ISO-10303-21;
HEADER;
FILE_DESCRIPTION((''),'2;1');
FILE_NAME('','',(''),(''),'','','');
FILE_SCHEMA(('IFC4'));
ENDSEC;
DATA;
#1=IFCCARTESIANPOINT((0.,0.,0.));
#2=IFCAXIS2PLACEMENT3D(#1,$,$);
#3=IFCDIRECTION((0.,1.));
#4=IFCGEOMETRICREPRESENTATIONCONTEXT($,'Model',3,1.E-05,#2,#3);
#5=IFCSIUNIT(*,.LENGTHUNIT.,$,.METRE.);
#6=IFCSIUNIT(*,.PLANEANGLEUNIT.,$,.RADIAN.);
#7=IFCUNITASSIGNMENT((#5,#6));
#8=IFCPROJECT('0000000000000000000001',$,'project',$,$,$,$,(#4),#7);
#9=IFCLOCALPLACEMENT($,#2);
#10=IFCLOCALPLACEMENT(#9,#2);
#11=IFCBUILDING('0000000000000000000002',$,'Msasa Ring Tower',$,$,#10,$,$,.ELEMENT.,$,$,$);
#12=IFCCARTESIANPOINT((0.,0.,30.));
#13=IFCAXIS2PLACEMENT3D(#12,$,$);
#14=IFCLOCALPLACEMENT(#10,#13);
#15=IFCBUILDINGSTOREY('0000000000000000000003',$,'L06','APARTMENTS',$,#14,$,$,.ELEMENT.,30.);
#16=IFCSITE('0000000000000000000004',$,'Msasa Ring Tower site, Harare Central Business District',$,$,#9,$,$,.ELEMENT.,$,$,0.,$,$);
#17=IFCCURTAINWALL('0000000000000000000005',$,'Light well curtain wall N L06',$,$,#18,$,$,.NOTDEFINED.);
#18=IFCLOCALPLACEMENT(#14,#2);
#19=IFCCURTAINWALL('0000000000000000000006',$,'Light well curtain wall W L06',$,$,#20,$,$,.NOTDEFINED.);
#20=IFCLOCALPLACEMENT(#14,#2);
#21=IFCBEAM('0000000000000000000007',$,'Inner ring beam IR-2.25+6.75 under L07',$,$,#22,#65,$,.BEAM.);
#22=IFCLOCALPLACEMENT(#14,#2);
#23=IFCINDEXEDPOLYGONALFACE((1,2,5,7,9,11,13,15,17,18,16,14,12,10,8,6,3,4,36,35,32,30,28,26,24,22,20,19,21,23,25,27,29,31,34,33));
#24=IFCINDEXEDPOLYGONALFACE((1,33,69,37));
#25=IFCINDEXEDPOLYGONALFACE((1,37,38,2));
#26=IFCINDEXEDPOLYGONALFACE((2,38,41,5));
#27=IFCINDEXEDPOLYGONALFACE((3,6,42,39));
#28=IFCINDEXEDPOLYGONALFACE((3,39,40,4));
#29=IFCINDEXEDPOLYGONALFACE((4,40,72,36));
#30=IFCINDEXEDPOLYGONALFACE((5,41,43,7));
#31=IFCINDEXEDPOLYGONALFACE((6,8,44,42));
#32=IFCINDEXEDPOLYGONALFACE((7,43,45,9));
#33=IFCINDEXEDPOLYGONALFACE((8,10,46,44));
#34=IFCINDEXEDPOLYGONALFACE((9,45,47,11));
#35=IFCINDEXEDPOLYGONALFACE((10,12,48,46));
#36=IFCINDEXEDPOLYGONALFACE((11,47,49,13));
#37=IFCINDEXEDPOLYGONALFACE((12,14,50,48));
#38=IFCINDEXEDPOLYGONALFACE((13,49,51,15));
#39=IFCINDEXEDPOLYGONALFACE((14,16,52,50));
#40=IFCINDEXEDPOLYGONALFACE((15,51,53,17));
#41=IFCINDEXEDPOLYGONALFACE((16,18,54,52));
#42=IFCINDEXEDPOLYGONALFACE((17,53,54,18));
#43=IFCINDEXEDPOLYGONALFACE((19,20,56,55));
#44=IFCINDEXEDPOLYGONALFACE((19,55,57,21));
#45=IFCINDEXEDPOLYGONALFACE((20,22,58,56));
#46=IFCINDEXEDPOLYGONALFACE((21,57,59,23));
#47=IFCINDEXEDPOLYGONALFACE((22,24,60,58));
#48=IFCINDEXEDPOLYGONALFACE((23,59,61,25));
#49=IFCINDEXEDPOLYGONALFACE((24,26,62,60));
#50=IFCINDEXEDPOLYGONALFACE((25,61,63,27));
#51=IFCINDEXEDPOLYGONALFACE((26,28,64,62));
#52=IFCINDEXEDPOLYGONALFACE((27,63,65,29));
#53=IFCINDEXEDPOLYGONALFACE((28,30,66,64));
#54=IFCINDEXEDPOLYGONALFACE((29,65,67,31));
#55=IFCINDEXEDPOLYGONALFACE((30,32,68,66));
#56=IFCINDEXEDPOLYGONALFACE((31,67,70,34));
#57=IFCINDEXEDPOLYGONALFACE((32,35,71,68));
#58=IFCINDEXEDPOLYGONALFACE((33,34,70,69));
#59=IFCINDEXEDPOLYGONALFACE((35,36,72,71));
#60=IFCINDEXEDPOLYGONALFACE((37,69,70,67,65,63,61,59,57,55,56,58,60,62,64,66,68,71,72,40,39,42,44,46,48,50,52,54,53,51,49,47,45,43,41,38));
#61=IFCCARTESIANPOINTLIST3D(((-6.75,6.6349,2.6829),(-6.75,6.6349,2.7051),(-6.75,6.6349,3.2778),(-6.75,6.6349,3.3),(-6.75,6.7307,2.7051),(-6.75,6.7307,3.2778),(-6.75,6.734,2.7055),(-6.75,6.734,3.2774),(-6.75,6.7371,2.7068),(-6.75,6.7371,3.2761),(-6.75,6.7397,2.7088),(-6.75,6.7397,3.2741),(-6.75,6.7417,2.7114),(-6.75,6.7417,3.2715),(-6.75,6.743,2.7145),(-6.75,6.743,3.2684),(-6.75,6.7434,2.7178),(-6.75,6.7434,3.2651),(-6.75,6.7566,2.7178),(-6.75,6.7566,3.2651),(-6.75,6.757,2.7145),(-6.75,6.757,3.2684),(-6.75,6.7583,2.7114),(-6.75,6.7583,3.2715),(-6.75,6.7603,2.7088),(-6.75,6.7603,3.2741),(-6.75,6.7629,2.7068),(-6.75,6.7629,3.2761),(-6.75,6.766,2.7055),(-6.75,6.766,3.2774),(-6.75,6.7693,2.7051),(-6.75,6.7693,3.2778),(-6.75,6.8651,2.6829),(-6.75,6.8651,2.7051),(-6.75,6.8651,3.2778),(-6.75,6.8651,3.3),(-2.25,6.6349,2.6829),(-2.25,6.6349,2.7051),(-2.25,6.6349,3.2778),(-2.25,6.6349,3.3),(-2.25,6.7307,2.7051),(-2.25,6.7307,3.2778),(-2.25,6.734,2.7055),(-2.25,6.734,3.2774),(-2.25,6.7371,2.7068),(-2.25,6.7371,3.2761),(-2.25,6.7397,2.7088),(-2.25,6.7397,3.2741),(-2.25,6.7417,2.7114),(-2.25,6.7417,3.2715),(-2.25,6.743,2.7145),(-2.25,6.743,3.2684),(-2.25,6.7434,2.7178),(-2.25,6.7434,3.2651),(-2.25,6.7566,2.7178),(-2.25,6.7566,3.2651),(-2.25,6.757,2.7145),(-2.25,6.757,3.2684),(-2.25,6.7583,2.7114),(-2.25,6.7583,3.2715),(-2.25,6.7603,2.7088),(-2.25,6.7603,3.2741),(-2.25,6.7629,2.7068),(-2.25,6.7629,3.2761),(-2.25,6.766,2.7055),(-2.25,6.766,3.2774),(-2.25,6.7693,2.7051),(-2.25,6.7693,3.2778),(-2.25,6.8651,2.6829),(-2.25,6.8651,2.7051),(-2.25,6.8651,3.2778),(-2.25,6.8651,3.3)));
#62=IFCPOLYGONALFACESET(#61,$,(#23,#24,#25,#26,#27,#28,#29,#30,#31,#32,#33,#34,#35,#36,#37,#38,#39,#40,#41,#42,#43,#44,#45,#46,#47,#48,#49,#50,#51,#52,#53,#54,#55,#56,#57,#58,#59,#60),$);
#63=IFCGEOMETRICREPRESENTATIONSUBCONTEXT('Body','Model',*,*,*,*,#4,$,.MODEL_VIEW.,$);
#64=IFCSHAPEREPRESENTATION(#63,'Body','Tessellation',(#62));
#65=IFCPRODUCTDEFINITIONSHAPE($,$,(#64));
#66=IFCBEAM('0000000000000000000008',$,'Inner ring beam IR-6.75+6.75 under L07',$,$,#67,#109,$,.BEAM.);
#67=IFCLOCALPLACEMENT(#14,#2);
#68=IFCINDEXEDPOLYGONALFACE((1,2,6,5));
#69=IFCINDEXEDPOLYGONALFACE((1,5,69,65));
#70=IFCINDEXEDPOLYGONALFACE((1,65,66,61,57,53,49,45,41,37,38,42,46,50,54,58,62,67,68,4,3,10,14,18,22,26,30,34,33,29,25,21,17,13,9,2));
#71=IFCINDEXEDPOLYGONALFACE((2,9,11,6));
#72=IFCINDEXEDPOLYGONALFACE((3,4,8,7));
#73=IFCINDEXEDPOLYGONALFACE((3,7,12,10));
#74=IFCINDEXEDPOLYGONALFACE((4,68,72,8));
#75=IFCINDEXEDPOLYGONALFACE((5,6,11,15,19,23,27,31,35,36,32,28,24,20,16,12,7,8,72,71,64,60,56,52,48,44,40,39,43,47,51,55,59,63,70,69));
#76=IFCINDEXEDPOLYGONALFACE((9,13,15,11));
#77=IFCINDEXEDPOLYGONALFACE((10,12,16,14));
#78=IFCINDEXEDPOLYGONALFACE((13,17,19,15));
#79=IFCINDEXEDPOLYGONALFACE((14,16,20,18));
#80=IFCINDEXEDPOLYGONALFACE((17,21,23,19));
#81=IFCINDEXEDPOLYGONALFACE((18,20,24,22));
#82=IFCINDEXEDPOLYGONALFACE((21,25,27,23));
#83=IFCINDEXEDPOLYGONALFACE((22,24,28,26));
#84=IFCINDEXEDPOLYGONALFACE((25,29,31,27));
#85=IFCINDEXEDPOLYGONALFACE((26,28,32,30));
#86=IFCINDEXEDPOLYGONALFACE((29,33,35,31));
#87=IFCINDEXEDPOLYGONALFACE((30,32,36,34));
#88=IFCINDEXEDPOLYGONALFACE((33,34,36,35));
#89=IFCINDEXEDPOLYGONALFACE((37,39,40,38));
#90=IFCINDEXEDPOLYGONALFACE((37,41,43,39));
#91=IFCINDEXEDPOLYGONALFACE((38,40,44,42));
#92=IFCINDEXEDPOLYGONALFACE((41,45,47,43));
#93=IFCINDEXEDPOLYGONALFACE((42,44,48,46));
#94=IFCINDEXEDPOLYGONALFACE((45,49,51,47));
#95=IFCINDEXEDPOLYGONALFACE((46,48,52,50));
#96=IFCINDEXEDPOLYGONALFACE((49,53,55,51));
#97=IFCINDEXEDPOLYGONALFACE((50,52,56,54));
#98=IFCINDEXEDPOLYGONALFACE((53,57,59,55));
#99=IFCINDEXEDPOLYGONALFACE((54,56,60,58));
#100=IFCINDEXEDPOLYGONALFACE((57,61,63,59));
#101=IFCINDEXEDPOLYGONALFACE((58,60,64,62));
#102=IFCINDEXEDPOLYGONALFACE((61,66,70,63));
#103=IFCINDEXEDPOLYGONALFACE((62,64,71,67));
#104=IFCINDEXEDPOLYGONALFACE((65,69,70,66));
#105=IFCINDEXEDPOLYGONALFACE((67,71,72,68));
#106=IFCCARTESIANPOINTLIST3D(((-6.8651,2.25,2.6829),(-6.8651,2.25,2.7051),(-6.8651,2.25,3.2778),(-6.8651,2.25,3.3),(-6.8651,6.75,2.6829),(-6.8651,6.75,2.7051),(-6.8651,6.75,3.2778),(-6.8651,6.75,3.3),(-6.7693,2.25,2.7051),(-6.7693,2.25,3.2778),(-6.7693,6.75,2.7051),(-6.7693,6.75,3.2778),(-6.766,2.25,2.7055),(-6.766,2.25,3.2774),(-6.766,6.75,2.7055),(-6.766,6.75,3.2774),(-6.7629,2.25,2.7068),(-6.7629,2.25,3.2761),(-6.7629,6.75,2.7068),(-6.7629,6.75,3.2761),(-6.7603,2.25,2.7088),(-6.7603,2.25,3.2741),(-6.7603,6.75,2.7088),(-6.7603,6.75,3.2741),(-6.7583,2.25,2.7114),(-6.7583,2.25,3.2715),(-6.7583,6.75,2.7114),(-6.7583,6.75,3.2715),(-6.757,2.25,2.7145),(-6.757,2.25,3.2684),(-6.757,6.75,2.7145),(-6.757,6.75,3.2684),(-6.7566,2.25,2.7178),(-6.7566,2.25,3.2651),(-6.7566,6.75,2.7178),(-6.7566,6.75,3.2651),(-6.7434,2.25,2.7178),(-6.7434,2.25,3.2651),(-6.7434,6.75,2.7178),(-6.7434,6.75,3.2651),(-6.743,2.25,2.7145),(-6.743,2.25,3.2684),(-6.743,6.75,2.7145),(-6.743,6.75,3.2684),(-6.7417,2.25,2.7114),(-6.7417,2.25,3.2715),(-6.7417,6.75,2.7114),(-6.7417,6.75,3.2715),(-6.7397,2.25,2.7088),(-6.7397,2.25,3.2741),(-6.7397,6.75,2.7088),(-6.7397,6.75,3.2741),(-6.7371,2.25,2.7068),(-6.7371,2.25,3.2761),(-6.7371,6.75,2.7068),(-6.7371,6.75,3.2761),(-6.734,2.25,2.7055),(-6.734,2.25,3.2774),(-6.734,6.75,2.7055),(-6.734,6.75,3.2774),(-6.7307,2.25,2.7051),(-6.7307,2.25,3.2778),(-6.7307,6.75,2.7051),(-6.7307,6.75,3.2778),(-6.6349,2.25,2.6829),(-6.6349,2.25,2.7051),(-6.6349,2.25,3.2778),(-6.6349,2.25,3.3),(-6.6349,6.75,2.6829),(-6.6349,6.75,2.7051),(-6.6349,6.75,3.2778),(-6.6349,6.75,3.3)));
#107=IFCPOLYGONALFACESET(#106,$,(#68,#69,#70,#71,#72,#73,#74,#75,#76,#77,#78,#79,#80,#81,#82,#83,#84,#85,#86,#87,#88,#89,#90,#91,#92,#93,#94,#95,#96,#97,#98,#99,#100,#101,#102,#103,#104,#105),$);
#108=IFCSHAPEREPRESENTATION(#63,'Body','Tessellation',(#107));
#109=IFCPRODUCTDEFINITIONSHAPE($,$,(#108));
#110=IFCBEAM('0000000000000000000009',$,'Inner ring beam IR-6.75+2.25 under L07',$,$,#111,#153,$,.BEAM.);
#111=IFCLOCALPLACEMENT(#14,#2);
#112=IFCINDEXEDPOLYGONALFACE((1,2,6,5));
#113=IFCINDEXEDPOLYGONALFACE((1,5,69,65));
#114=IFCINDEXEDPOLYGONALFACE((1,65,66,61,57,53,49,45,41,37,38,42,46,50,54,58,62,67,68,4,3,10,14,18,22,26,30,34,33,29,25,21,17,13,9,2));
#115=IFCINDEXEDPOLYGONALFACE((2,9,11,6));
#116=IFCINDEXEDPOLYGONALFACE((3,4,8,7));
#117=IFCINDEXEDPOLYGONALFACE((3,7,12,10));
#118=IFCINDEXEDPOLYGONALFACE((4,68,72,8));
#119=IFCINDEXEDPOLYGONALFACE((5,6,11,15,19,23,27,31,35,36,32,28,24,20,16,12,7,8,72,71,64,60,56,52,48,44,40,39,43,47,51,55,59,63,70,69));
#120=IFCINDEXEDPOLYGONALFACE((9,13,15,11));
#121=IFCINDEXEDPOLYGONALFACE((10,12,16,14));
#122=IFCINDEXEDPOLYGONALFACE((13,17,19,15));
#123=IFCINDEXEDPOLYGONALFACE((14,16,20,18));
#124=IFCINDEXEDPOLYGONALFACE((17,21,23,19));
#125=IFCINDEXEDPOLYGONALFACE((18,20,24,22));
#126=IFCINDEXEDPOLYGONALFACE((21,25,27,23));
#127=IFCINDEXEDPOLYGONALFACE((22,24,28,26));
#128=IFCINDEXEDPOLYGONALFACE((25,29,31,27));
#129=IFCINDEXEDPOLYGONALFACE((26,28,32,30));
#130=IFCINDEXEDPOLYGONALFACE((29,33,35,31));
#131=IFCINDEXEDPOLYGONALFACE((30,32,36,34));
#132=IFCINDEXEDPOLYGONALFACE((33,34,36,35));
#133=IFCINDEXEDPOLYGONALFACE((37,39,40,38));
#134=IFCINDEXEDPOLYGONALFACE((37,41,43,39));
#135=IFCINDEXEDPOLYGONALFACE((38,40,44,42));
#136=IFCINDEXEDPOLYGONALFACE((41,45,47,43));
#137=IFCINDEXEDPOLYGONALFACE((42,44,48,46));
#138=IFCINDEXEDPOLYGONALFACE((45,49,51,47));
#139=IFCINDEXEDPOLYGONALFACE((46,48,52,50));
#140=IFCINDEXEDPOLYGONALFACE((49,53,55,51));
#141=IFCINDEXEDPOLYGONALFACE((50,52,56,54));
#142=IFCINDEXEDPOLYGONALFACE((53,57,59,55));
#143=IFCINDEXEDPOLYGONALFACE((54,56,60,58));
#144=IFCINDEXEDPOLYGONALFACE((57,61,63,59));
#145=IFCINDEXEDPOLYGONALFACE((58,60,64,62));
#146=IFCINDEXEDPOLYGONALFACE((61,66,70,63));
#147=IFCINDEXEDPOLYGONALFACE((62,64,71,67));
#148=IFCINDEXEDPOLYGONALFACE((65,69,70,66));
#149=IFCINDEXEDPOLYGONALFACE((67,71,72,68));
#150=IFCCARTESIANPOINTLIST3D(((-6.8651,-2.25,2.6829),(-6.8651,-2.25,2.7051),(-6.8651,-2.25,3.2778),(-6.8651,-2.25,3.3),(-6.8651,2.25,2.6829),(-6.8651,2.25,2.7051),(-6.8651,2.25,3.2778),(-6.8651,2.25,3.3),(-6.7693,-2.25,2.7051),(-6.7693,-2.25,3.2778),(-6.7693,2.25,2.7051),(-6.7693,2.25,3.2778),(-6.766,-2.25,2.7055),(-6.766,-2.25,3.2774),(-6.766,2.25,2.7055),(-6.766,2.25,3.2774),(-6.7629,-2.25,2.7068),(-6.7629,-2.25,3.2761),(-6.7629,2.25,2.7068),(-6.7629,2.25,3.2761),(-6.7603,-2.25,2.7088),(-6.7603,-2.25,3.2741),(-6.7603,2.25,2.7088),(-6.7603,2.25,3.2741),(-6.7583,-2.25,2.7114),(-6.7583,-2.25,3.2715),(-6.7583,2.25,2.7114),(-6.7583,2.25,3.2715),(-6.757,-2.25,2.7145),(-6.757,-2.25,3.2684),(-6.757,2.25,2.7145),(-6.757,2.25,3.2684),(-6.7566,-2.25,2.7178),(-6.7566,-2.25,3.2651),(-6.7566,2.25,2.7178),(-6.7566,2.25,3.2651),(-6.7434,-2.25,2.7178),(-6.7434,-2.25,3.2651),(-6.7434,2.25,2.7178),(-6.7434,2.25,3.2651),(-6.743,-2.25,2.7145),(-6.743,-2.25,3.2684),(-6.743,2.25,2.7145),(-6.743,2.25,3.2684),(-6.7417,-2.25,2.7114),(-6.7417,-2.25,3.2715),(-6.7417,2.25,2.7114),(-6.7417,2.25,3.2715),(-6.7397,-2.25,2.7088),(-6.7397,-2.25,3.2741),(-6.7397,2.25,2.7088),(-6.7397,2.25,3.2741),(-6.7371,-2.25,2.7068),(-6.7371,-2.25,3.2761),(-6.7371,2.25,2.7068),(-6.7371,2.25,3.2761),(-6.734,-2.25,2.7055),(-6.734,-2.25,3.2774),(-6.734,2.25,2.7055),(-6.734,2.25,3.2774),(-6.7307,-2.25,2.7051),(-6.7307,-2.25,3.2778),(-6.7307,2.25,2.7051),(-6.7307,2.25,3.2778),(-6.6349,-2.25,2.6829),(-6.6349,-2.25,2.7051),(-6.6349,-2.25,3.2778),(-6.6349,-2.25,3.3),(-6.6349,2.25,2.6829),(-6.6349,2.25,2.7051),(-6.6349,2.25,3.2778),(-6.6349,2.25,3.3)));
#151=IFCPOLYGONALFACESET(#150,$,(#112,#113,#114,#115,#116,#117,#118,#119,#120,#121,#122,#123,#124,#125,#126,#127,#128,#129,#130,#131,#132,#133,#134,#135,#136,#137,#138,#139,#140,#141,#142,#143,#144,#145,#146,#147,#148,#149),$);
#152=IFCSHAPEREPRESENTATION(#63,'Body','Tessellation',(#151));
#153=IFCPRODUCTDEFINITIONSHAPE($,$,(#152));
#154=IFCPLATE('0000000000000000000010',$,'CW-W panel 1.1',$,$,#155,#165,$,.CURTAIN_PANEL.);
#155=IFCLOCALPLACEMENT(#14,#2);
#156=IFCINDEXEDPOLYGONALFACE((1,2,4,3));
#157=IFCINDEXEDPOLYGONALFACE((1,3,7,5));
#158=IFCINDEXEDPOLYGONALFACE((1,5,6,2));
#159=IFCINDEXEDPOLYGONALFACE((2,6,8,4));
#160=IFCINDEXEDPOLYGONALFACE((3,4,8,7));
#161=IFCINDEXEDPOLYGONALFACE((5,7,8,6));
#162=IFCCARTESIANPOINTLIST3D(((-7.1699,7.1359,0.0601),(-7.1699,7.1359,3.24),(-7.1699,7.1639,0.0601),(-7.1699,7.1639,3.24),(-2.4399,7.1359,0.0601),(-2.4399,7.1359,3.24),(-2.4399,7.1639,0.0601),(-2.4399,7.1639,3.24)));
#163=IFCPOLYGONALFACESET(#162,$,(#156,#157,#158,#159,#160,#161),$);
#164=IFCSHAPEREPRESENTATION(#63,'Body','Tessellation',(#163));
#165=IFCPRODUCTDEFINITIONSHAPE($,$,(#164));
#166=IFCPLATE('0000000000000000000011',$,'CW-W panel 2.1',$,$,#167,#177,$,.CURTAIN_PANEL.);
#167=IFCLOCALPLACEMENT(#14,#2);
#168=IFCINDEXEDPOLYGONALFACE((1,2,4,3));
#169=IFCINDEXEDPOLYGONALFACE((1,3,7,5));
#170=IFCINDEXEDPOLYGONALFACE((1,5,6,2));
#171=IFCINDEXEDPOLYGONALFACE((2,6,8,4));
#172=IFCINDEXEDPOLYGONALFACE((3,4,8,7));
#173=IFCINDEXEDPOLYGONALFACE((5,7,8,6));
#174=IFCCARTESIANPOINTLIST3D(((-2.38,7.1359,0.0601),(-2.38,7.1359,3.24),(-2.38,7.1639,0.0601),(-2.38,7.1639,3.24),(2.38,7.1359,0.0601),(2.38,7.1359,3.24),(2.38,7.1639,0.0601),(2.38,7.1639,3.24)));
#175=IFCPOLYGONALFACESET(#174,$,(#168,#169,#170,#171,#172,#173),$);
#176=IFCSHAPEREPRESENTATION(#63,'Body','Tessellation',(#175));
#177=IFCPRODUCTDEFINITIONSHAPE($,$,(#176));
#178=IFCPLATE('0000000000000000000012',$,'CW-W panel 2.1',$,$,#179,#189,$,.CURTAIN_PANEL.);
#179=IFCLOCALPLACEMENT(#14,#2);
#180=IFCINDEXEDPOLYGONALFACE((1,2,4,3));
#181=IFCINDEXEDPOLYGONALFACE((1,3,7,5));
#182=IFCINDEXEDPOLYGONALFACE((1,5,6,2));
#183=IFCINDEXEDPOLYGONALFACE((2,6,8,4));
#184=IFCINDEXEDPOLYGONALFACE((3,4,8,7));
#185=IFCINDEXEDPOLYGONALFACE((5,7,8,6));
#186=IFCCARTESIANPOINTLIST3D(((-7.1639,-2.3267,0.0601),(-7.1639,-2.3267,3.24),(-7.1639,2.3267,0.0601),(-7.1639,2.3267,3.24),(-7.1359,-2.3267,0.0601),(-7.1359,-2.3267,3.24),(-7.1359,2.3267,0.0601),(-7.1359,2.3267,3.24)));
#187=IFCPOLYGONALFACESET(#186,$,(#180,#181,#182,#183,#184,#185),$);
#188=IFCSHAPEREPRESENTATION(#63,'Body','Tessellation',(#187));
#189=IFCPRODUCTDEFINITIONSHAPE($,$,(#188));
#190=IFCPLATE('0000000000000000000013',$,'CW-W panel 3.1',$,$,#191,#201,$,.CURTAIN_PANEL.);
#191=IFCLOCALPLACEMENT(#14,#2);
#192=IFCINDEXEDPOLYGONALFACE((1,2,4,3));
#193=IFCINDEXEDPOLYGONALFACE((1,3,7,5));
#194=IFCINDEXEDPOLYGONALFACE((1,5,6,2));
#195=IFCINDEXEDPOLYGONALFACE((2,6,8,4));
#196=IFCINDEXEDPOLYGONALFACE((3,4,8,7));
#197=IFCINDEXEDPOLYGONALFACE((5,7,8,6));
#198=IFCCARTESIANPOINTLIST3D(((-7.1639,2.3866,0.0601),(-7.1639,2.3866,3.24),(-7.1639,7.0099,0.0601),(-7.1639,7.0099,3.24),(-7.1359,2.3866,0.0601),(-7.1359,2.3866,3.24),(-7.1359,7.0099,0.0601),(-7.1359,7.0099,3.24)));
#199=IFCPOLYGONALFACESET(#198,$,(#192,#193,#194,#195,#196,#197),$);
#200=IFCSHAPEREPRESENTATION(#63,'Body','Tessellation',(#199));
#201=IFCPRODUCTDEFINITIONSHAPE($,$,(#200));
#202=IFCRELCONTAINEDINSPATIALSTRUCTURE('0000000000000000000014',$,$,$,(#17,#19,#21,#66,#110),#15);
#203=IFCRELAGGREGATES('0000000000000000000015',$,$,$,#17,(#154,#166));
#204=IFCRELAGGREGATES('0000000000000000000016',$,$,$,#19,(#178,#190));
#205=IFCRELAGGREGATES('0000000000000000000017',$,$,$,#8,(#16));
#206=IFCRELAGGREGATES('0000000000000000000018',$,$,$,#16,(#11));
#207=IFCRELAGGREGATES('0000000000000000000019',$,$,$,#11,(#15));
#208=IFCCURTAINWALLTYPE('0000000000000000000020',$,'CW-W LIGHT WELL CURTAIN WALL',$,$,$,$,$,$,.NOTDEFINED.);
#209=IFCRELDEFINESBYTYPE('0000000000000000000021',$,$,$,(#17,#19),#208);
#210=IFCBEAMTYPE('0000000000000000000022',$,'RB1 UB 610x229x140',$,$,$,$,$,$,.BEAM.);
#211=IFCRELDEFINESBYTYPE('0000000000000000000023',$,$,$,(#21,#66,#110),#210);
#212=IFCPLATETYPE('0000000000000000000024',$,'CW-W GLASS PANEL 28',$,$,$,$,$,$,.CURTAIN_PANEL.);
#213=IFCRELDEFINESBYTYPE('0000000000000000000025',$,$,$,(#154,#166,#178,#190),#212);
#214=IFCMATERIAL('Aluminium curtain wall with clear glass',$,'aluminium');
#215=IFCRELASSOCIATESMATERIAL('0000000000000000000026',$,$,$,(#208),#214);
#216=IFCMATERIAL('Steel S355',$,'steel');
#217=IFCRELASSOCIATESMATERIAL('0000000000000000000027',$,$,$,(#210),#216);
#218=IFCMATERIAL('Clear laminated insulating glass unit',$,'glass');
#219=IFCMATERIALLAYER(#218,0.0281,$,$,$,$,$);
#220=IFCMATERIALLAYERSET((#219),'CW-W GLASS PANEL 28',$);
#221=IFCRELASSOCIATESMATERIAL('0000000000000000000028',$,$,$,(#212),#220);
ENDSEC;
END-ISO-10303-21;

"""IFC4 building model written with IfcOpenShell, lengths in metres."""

from ifc_helpers import new_model, si_unit, direction, frame, origin, origin_2d, place, context, subcontext, project, spatial, rectangle, i_section, extrude, material, layer, layer_set, material_profile, profile_set, type_object, element, aggregate, save


model = new_model("IFC4")

# Units and contexts
model_context = context("Model", 3, precision=1e-05, world=origin(), true_north=direction((0.0, 1.0)))
body_context = subcontext(model_context, "Body", "Model", "MODEL_VIEW")
ifc_project = project(units=[si_unit("LENGTHUNIT", "METRE"), si_unit("PLANEANGLEUNIT", "RADIAN")], contexts=[model_context])

# Site, building, storey
site_placement = place(None, origin())
site = spatial("IfcSite", under=ifc_project, at=site_placement, Name="Msasa Ring Tower site, Harare Central Business District", CompositionType="ELEMENT", RefElevation=0.0)
building_placement = place(site_placement, origin())
building = spatial("IfcBuilding", under=site, at=building_placement, Name="Msasa Ring Tower", CompositionType="ELEMENT")
storey_placement = place(building_placement, frame((0.0, 0.0, 30.0)))
storey = spatial("IfcBuildingStorey", under=building, at=storey_placement, Name="L06", Description="APARTMENTS", CompositionType="ELEMENT", Elevation=30.0)

# Curtain walls
ifc_material_1 = material(Name="Aluminium curtain wall with clear glass", Category="aluminium")
curtain_wall_type = type_object("IfcCurtainWallType", Name="CW-W LIGHT WELL CURTAIN WALL", PredefinedType="NOTDEFINED", material=ifc_material_1)
curtain_wall_1_placement = place(storey_placement, origin())
curtain_wall_1 = element("IfcCurtainWall", 1, at=curtain_wall_1_placement, inside=storey, type_object=curtain_wall_type, Name="Light well curtain wall N L06", PredefinedType="NOTDEFINED")
curtain_wall_2_placement = place(storey_placement, origin())
curtain_wall_2 = element("IfcCurtainWall", 2, at=curtain_wall_2_placement, inside=storey, type_object=curtain_wall_type, Name="Light well curtain wall W L06", PredefinedType="NOTDEFINED")

# Beams
ifc_material_2 = material(Name="Steel S355", Category="steel")
ifc_material_profile_1 = material_profile(ifc_material_2, i_section(OverallWidth=0.2302, OverallDepth=0.6172, WebThickness=0.0132, FlangeThickness=0.0222, FilletRadius=0.0127, at=origin_2d()), Name="UB 610x229x140")
ifc_profile_set_1 = profile_set([ifc_material_profile_1], Name="Steel S355")
beam_type = type_object("IfcBeamType", Name="RB1 UB 610x229x140", PredefinedType="BEAM", material=ifc_profile_set_1)
for number, where, z_axis, x_axis, name in (
    (3, (-2.25, 6.75, 2.9915), (-1.0, 0.0, 0.0), (0.0, -1.0, 0.0), "Inner ring beam IR-2.25+6.75 under L07"),
    (4, (-6.75, 6.75, 2.9915), (0.0, -1.0, 0.0), (1.0, 0.0, 0.0), "Inner ring beam IR-6.75+6.75 under L07"),
    (5, (-6.75, 2.25, 2.9915), (0.0, -1.0, 0.0), (1.0, 0.0, 0.0), "Inner ring beam IR-6.75+2.25 under L07"),
):
    element("IfcBeam", number, at=place(storey_placement, frame(where, z_axis=z_axis, x_axis=x_axis)), inside=storey, type_object=beam_type, Name=name, PredefinedType="BEAM", context=body_context, shape_type="SweptSolid", body=[
        extrude(i_section(OverallWidth=0.2302, OverallDepth=0.6172, WebThickness=0.0132, FlangeThickness=0.0222, FilletRadius=0.0127, at=origin_2d()), origin(), (0.0, 0.0, 1.0), 4.5),
    ])

# Plates
ifc_material_3 = material(Name="Clear laminated insulating glass unit", Category="glass")
ifc_layer_1 = layer(ifc_material_3, 0.0281)
ifc_layer_set_1 = layer_set([ifc_layer_1], Name="CW-W GLASS PANEL 28")
plate_type = type_object("IfcPlateType", Name="CW-W GLASS PANEL 28", PredefinedType="CURTAIN_PANEL", material=ifc_layer_set_1)
plate_1_placement = place(storey_placement, frame((-4.8049, 7.1499, 0.0601), z_axis=(0.0, 0.0, 1.0), x_axis=(1.0, 0.0, 0.0)))
plate_1 = element("IfcPlate", 6, at=plate_1_placement, type_object=plate_type, Name="CW-W panel 1.1", PredefinedType="CURTAIN_PANEL", context=body_context, shape_type="SweptSolid", body=[
    extrude(rectangle(XDim=4.73, YDim=0.0281, at=origin_2d()), origin(), (0.0, 0.0, 1.0), 3.1799),
])
plate_2_placement = place(storey_placement, frame((0.0, 7.1499, 0.0601), z_axis=(0.0, 0.0, 1.0), x_axis=(1.0, 0.0, 0.0)))
plate_2 = element("IfcPlate", 7, at=plate_2_placement, type_object=plate_type, Name="CW-W panel 2.1", PredefinedType="CURTAIN_PANEL", context=body_context, shape_type="SweptSolid", body=[
    extrude(rectangle(XDim=4.76, YDim=0.0281, at=origin_2d()), origin(), (0.0, 0.0, 1.0), 3.1799),
])
aggregate(curtain_wall_1, [plate_1, plate_2])
plate_3_placement = place(storey_placement, frame((-7.1499, 0.0, 0.0601), z_axis=(0.0, 0.0, 1.0), x_axis=(0.0, 1.0, 0.0)))
plate_3 = element("IfcPlate", 8, at=plate_3_placement, type_object=plate_type, Name="CW-W panel 2.1", PredefinedType="CURTAIN_PANEL", context=body_context, shape_type="SweptSolid", body=[
    extrude(rectangle(XDim=4.6533, YDim=0.0281, at=origin_2d()), origin(), (0.0, 0.0, 1.0), 3.1799),
])
plate_4_placement = place(storey_placement, frame((-7.1499, 4.6982, 0.0601), z_axis=(0.0, 0.0, 1.0), x_axis=(0.0, 1.0, 0.0)))
plate_4 = element("IfcPlate", 9, at=plate_4_placement, type_object=plate_type, Name="CW-W panel 3.1", PredefinedType="CURTAIN_PANEL", context=body_context, shape_type="SweptSolid", body=[
    extrude(rectangle(XDim=4.6233, YDim=0.0281, at=origin_2d()), origin(), (0.0, 0.0, 1.0), 3.1799),
])
aggregate(curtain_wall_2, [plate_3, plate_4])

save(model, "model.ifc")
